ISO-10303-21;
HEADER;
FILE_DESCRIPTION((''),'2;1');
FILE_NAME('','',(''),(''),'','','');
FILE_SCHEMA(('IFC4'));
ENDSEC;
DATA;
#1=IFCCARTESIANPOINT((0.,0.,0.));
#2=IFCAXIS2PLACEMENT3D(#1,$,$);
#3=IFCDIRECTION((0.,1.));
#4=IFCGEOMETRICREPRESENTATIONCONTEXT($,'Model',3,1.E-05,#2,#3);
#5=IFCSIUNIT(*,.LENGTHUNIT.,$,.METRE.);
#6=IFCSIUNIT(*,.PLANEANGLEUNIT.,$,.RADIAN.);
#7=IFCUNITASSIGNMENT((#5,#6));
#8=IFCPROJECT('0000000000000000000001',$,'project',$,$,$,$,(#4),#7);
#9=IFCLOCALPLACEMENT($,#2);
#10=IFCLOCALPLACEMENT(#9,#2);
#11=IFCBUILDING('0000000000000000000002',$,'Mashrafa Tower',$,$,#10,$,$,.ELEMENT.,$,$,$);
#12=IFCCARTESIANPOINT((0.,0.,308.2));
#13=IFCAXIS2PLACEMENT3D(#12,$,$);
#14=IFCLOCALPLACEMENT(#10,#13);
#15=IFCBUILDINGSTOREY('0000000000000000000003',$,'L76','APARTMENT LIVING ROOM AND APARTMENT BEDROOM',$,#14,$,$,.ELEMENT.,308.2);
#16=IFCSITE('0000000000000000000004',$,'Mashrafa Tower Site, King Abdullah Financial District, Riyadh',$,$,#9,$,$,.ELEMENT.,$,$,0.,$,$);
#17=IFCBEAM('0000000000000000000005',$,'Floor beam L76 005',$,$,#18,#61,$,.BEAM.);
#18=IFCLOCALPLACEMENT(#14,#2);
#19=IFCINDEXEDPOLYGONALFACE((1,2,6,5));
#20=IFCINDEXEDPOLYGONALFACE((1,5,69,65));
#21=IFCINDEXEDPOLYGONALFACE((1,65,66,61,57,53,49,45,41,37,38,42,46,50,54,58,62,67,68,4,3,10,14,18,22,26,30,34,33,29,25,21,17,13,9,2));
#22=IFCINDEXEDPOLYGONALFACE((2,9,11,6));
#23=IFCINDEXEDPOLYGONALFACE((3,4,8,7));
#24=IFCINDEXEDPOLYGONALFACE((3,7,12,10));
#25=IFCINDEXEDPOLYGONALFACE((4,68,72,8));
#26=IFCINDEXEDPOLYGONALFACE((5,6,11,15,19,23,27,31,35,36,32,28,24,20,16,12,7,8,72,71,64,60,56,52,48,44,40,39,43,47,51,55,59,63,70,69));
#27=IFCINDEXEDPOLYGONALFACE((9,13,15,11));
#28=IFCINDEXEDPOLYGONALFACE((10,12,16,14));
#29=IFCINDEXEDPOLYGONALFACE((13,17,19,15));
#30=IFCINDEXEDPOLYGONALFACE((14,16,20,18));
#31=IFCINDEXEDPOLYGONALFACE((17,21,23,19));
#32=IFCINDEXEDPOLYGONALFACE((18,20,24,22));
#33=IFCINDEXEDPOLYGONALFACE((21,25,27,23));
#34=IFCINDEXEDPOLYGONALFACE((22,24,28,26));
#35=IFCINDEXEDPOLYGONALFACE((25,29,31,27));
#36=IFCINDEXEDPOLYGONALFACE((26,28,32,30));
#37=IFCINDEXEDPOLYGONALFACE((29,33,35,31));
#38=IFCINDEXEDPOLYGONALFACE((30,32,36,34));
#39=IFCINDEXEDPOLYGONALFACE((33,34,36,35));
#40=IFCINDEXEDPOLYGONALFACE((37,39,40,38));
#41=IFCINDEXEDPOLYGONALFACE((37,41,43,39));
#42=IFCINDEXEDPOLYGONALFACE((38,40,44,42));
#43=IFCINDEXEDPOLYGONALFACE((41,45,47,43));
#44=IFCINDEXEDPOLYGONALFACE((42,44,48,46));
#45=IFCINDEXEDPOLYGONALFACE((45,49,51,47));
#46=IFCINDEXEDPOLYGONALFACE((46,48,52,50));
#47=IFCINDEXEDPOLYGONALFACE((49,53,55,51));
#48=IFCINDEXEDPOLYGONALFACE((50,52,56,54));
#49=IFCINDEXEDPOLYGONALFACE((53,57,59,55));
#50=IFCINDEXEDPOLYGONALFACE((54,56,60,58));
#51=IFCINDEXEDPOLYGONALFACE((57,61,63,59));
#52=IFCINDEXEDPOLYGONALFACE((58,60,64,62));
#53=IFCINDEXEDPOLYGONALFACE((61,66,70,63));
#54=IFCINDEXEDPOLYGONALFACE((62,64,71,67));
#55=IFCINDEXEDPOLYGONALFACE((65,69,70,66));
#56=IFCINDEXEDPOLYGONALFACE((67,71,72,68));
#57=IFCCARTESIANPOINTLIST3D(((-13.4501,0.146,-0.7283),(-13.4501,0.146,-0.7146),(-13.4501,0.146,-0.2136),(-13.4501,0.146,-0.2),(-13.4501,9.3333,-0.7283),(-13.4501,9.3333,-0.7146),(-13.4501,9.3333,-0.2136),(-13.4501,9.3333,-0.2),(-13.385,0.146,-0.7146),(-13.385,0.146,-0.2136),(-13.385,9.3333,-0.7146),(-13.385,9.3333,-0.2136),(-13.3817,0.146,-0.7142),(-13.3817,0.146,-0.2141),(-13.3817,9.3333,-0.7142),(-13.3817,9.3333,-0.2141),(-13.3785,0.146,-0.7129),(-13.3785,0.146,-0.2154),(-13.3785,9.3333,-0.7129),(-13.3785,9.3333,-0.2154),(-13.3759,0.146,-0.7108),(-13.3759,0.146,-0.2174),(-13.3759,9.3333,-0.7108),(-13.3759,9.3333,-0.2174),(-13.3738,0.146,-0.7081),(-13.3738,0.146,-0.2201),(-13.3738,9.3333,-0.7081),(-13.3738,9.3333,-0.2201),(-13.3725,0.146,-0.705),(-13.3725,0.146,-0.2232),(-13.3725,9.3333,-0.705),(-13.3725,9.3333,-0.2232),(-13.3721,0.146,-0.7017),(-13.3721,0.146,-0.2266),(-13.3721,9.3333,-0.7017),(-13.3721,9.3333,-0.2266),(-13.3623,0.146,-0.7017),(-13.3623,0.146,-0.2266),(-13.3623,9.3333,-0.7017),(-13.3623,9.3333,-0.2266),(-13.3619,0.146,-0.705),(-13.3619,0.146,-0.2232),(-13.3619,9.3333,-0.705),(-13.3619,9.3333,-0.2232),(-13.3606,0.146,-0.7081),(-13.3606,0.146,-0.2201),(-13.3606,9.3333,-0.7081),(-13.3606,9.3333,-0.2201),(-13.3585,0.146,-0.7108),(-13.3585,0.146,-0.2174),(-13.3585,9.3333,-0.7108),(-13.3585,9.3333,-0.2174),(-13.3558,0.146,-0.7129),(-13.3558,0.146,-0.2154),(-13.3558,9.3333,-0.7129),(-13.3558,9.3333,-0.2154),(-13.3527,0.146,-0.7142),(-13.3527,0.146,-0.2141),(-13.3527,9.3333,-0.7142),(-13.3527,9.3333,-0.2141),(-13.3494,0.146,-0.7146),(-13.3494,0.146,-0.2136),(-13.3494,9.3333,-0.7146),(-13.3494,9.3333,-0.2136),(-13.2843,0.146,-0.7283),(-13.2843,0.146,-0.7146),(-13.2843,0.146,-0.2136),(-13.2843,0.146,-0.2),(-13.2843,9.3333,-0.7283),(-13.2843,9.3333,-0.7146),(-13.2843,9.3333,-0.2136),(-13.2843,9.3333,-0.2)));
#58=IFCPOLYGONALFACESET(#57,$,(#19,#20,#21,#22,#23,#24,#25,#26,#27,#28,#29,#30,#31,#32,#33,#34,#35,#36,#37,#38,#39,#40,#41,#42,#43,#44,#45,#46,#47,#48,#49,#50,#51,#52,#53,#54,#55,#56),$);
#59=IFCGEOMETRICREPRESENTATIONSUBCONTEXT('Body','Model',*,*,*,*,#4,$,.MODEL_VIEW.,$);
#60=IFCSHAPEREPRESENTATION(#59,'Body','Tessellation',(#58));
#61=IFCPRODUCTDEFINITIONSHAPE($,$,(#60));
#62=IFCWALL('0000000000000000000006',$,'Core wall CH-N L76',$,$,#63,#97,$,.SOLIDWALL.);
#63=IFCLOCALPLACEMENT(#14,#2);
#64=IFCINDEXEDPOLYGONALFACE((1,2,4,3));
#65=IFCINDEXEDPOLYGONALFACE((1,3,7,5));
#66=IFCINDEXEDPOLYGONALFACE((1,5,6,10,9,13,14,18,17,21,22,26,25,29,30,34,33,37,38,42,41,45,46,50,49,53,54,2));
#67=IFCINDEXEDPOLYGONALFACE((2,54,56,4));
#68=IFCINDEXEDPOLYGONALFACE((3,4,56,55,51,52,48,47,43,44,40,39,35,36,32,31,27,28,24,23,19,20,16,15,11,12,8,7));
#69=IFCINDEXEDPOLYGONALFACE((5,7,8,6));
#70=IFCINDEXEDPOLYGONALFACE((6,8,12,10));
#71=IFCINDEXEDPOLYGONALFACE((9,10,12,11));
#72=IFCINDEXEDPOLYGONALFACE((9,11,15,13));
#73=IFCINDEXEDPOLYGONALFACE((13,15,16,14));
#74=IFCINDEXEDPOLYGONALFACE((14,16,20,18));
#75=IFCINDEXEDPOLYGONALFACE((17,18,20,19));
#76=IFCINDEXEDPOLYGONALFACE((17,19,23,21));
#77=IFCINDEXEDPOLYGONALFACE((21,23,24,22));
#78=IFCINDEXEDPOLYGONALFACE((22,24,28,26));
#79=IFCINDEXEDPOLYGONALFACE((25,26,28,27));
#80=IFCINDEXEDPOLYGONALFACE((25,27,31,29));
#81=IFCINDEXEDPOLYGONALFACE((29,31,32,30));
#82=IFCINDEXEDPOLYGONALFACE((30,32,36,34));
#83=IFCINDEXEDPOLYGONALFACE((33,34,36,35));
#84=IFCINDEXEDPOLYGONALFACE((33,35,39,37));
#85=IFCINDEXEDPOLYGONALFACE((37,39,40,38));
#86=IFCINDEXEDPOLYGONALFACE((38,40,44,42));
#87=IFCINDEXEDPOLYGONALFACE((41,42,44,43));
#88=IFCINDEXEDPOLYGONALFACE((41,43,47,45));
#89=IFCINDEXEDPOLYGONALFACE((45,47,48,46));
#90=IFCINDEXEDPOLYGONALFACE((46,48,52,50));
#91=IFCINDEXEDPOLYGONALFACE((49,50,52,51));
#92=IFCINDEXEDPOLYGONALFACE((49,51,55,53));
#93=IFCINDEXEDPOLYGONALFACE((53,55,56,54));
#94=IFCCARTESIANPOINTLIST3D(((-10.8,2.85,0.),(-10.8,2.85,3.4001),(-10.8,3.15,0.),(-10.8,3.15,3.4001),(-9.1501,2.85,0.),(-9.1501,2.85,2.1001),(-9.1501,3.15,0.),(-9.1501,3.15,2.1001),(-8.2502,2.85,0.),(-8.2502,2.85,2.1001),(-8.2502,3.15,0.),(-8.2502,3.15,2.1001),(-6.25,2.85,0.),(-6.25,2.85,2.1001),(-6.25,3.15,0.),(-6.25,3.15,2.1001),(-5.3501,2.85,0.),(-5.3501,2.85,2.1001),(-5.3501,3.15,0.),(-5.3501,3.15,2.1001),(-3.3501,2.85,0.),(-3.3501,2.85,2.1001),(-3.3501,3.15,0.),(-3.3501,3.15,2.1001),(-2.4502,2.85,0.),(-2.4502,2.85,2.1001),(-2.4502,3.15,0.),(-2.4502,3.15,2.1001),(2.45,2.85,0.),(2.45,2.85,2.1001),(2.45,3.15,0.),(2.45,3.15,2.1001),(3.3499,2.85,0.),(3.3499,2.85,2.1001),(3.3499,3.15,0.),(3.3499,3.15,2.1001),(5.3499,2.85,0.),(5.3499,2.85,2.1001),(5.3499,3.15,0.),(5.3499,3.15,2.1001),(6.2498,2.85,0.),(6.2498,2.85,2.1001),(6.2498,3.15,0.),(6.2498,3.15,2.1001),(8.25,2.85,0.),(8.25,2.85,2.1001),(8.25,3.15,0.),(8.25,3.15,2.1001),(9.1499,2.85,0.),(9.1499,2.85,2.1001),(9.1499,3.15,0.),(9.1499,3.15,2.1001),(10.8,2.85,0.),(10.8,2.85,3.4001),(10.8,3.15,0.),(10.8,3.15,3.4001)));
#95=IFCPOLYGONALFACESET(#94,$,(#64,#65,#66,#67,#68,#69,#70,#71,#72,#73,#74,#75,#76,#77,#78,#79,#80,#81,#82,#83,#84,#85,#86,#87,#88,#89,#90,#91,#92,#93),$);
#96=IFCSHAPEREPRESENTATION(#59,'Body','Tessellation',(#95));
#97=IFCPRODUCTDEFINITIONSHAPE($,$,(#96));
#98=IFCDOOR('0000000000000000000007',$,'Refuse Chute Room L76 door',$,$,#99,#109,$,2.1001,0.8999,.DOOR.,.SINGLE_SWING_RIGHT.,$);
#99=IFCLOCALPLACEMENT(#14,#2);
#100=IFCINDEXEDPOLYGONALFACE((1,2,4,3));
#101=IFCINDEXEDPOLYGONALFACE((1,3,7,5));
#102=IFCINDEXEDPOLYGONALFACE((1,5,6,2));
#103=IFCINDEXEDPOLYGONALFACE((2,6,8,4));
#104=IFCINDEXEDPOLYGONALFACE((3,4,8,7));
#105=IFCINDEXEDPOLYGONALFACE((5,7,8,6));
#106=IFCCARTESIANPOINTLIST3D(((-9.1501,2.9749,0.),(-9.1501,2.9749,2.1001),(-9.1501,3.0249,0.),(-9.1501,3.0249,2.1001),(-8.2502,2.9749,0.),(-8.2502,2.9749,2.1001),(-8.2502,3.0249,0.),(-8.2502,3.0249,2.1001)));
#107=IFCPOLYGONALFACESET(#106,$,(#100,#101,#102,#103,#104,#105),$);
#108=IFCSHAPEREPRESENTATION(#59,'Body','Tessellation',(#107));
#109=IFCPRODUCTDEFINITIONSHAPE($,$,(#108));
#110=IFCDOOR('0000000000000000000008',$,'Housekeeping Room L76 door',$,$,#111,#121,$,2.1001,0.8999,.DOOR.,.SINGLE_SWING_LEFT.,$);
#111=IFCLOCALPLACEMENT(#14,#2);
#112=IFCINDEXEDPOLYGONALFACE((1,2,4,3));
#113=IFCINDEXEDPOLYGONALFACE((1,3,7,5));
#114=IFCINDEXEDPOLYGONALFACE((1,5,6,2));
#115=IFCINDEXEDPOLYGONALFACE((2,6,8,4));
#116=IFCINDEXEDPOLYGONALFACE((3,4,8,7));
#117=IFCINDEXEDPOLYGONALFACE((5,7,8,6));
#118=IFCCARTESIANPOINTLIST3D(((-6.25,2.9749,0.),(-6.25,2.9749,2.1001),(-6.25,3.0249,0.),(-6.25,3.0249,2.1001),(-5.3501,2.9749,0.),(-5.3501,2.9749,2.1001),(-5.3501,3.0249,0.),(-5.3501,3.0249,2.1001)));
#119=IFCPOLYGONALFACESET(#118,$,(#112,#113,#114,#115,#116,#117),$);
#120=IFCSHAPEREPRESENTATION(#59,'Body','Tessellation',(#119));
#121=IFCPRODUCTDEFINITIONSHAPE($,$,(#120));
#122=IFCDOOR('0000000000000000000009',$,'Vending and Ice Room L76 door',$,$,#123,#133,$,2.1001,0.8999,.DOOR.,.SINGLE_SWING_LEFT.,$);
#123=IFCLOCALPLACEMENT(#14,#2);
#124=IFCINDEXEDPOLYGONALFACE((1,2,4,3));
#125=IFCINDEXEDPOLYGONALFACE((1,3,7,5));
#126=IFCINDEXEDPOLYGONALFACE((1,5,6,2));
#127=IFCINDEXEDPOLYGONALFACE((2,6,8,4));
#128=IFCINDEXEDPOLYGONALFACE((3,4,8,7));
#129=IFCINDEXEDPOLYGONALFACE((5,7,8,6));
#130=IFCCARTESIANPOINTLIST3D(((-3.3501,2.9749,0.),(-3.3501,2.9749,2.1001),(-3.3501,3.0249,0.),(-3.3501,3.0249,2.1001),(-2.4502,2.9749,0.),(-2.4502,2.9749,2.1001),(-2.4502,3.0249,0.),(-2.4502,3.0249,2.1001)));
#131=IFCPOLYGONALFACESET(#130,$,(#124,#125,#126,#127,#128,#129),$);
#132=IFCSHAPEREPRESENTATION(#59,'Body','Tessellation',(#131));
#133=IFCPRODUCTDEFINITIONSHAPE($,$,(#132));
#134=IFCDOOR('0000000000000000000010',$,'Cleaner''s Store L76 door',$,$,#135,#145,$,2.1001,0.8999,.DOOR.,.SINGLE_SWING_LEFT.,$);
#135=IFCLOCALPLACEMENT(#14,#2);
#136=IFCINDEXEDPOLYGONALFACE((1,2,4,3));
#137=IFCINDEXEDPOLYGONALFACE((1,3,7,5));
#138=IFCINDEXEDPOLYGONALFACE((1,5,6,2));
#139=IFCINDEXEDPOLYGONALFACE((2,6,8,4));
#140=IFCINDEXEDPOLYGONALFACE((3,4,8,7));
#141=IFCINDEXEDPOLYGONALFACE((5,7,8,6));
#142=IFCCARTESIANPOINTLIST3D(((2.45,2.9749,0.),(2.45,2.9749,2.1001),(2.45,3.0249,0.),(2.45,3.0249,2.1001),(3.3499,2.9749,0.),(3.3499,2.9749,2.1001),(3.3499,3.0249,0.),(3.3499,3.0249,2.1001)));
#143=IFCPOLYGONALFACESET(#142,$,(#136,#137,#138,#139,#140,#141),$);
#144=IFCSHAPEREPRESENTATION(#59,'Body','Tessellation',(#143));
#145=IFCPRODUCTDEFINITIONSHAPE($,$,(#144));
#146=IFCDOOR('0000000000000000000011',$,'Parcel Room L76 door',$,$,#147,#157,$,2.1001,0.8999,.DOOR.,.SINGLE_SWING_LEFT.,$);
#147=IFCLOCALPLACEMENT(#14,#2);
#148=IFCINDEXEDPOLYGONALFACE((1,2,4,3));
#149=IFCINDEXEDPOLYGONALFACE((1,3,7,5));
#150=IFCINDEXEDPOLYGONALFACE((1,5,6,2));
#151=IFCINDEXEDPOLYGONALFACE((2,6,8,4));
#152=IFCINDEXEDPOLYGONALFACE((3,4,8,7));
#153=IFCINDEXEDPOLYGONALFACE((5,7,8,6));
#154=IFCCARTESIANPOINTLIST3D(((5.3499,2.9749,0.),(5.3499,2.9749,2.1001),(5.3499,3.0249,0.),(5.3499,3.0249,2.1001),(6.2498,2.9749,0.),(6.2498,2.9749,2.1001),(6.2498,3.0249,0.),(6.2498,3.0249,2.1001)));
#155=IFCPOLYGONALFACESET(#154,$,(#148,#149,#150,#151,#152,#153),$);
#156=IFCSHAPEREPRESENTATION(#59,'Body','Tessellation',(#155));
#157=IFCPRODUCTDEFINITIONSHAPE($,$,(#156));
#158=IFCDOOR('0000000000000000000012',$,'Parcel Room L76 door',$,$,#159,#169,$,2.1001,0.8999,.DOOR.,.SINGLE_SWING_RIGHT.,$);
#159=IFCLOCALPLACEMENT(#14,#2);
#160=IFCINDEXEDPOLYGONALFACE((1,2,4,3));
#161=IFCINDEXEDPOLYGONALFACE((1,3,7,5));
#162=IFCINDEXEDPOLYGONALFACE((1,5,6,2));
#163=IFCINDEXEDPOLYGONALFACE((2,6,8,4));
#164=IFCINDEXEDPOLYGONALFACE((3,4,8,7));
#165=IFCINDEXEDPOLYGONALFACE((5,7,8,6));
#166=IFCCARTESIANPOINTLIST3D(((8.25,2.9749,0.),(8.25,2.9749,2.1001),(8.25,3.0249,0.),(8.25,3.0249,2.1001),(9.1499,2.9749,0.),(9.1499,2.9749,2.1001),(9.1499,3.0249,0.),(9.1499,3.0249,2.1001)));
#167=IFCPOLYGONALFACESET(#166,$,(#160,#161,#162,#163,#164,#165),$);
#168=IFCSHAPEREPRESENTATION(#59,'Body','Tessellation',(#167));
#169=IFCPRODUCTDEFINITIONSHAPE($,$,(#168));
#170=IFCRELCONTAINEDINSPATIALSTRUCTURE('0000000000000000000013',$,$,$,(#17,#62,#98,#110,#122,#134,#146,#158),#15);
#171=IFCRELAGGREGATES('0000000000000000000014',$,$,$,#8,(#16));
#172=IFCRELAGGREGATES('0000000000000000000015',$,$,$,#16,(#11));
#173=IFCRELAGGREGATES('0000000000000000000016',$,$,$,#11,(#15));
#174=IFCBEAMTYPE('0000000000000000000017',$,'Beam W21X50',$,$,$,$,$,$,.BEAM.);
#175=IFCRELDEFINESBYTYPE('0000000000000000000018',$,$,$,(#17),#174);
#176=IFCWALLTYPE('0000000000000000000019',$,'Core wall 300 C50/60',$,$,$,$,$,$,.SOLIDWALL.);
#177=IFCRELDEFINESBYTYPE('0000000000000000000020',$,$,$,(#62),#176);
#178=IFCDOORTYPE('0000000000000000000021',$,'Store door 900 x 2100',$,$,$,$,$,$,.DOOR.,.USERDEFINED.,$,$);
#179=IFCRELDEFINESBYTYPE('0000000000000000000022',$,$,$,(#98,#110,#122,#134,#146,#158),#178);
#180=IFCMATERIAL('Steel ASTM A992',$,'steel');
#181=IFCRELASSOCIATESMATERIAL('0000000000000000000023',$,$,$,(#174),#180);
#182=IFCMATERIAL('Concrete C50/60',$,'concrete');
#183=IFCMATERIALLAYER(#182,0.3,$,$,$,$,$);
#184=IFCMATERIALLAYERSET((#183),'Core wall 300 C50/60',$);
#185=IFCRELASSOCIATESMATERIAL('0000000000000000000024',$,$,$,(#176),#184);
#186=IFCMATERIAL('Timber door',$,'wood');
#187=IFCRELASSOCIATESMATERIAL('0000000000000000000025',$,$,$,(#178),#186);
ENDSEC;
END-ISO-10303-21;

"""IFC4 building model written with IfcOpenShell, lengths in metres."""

from ifc_helpers import new_model, si_unit, direction, frame, frame_2d, origin, origin_2d, place, context, subcontext, project, spatial, rectangle, i_section, extrude, material, layer, layer_set, material_profile, profile_set, type_object, element, fill, save


model = new_model("IFC4")

# Units and contexts
model_context = context("Model", 3, precision=1e-05, world=origin(), true_north=direction((0.0, 1.0)))
body_context = subcontext(model_context, "Body", "Model", "MODEL_VIEW")
ifc_project = project(units=[si_unit("LENGTHUNIT", "METRE"), si_unit("PLANEANGLEUNIT", "RADIAN")], contexts=[model_context])

# Site, building, storey
site_placement = place(None, origin())
site = spatial("IfcSite", under=ifc_project, at=site_placement, Name="Mashrafa Tower Site, King Abdullah Financial District, Riyadh", CompositionType="ELEMENT", RefElevation=0.0)
building_placement = place(site_placement, origin())
building = spatial("IfcBuilding", under=site, at=building_placement, Name="Mashrafa Tower", CompositionType="ELEMENT")
storey_placement = place(building_placement, frame((0.0, 0.0, 308.2)))
storey = spatial("IfcBuildingStorey", under=building, at=storey_placement, Name="L76", Description="APARTMENT LIVING ROOM AND APARTMENT BEDROOM", CompositionType="ELEMENT", Elevation=308.2)

# Beam
ifc_material_1 = material(Name="Steel ASTM A992", Category="steel")
ifc_material_profile = material_profile(ifc_material_1, i_section(OverallWidth=0.1658, OverallDepth=0.5283, WebThickness=0.0098, FlangeThickness=0.0137, FilletRadius=0.0129, at=origin_2d()), Name="W21X50")
ifc_profile_set = profile_set([ifc_material_profile], Name="Steel ASTM A992")
beam_type = type_object("IfcBeamType", Name="Beam W21X50", PredefinedType="BEAM", material=ifc_profile_set)
beam_placement = place(storey_placement, frame((-13.3672, 0.146, -0.4641), z_axis=(0.0, 1.0, 0.0), x_axis=(-1.0, 0.0, 0.0)))
element("IfcBeam", 1, at=beam_placement, inside=storey, type_object=beam_type, Name="Floor beam L76 005", PredefinedType="BEAM", context=body_context, shape_type="SweptSolid", body=[
    extrude(i_section(OverallWidth=0.1658, OverallDepth=0.5283, WebThickness=0.0098, FlangeThickness=0.0137, FilletRadius=0.0129, at=origin_2d()), origin(), (0.0, 0.0, 1.0), 9.1873),
])

# Wall, openings, doors
ifc_material_2 = material(Name="Concrete C50/60", Category="concrete")
ifc_layer_1 = layer(ifc_material_2, 0.3)
ifc_layer_set_1 = layer_set([ifc_layer_1], Name="Core wall 300 C50/60")
wall_type_1 = type_object("IfcWallType", Name="Core wall 300 C50/60", PredefinedType="SOLIDWALL", material=ifc_layer_set_1)
wall_1_placement = place(storey_placement, frame((-10.8, 3.0, 0.0), z_axis=(0.0, 0.0, 1.0), x_axis=(1.0, 0.0, 0.0)))
wall_1 = element("IfcWall", 2, at=wall_1_placement, inside=storey, type_object=wall_type_1, Name="Core wall CH-N L76", PredefinedType="SOLIDWALL", context=body_context, shape_type="SweptSolid", body=[
    extrude(rectangle(XDim=21.6001, YDim=0.3, at=frame_2d((10.8, 0.0))), origin(), (0.0, 0.0, 1.0), 3.4001),
])
opening_1_placement = place(wall_1_placement, frame((1.6499, 0.0, 0.0)))
opening_1 = element("IfcOpeningElement", 3, at=opening_1_placement, cuts=wall_1, PredefinedType="OPENING", context=body_context, shape_type="SweptSolid", body=[
    extrude(rectangle(XDim=0.8999, YDim=2.1001, at=frame_2d((0.45, 1.05))), frame((0.0, 0.1599, 0.0), z_axis=(0.0, -1.0, 0.0), x_axis=(1.0, 0.0, 0.0)), (0.0, 0.0, 1.0), 0.3201),
])
opening_2_placement = place(wall_1_placement, frame((4.55, 0.0, 0.0)))
opening_2 = element("IfcOpeningElement", 4, at=opening_2_placement, cuts=wall_1, PredefinedType="OPENING", context=body_context, shape_type="SweptSolid", body=[
    extrude(rectangle(XDim=0.8999, YDim=2.1001, at=frame_2d((0.45, 1.05))), frame((0.0, 0.1599, 0.0), z_axis=(0.0, -1.0, 0.0), x_axis=(1.0, 0.0, 0.0)), (0.0, 0.0, 1.0), 0.3201),
])
opening_3_placement = place(wall_1_placement, frame((7.45, 0.0, 0.0)))
opening_3 = element("IfcOpeningElement", 5, at=opening_3_placement, cuts=wall_1, PredefinedType="OPENING", context=body_context, shape_type="SweptSolid", body=[
    extrude(rectangle(XDim=0.8999, YDim=2.1001, at=frame_2d((0.45, 1.05))), frame((0.0, 0.1599, 0.0), z_axis=(0.0, -1.0, 0.0), x_axis=(1.0, 0.0, 0.0)), (0.0, 0.0, 1.0), 0.3201),
])
opening_4_placement = place(wall_1_placement, frame((13.25, 0.0, 0.0)))
opening_4 = element("IfcOpeningElement", 6, at=opening_4_placement, cuts=wall_1, PredefinedType="OPENING", context=body_context, shape_type="SweptSolid", body=[
    extrude(rectangle(XDim=0.8999, YDim=2.1001, at=frame_2d((0.45, 1.05))), frame((0.0, 0.1599, 0.0), z_axis=(0.0, -1.0, 0.0), x_axis=(1.0, 0.0, 0.0)), (0.0, 0.0, 1.0), 0.3201),
])
opening_5_placement = place(wall_1_placement, frame((16.1499, 0.0, 0.0)))
opening_5 = element("IfcOpeningElement", 7, at=opening_5_placement, cuts=wall_1, PredefinedType="OPENING", context=body_context, shape_type="SweptSolid", body=[
    extrude(rectangle(XDim=0.8999, YDim=2.1001, at=frame_2d((0.45, 1.05))), frame((0.0, 0.1599, 0.0), z_axis=(0.0, -1.0, 0.0), x_axis=(1.0, 0.0, 0.0)), (0.0, 0.0, 1.0), 0.3201),
])
opening_6_placement = place(wall_1_placement, frame((19.05, 0.0, 0.0)))
opening_6 = element("IfcOpeningElement", 8, at=opening_6_placement, cuts=wall_1, PredefinedType="OPENING", context=body_context, shape_type="SweptSolid", body=[
    extrude(rectangle(XDim=0.8999, YDim=2.1001, at=frame_2d((0.45, 1.05))), frame((0.0, 0.1599, 0.0), z_axis=(0.0, -1.0, 0.0), x_axis=(1.0, 0.0, 0.0)), (0.0, 0.0, 1.0), 0.3201),
])
ifc_material_3 = material(Name="Timber door", Category="wood")
door_type_1 = type_object("IfcDoorType", Name="Store door 900 x 2100", OperationType="USERDEFINED", PredefinedType="DOOR", material=ifc_material_3)
door_1_placement = place(opening_1_placement, origin())
door_1 = element("IfcDoor", 9, at=door_1_placement, inside=storey, type_object=door_type_1, Name="Refuse Chute Room L76 door", OperationType="SINGLE_SWING_RIGHT", OverallHeight=2.1001, OverallWidth=0.8999, PredefinedType="DOOR", context=body_context, shape_type="SweptSolid", body=[
    extrude(rectangle(XDim=0.8999, YDim=2.1001, at=frame_2d((0.45, 1.05))), frame((0.0, 0.0249, 0.0), z_axis=(0.0, -1.0, 0.0), x_axis=(1.0, 0.0, 0.0)), (0.0, 0.0, 1.0), 0.05),
])
fill(opening_1, door_1)
door_2_placement = place(opening_2_placement, origin())
door_2 = element("IfcDoor", 10, at=door_2_placement, inside=storey, type_object=door_type_1, Name="Housekeeping Room L76 door", OperationType="SINGLE_SWING_LEFT", OverallHeight=2.1001, OverallWidth=0.8999, PredefinedType="DOOR", context=body_context, shape_type="SweptSolid", body=[
    extrude(rectangle(XDim=0.8999, YDim=2.1001, at=frame_2d((0.45, 1.05))), frame((0.0, 0.0249, 0.0), z_axis=(0.0, -1.0, 0.0), x_axis=(1.0, 0.0, 0.0)), (0.0, 0.0, 1.0), 0.05),
])
fill(opening_2, door_2)
door_3_placement = place(opening_3_placement, origin())
door_3 = element("IfcDoor", 11, at=door_3_placement, inside=storey, type_object=door_type_1, Name="Vending and Ice Room L76 door", OperationType="SINGLE_SWING_LEFT", OverallHeight=2.1001, OverallWidth=0.8999, PredefinedType="DOOR", context=body_context, shape_type="SweptSolid", body=[
    extrude(rectangle(XDim=0.8999, YDim=2.1001, at=frame_2d((0.45, 1.05))), frame((0.0, 0.0249, 0.0), z_axis=(0.0, -1.0, 0.0), x_axis=(1.0, 0.0, 0.0)), (0.0, 0.0, 1.0), 0.05),
])
fill(opening_3, door_3)
door_4_placement = place(opening_4_placement, origin())
door_4 = element("IfcDoor", 12, at=door_4_placement, inside=storey, type_object=door_type_1, Name="Cleaner's Store L76 door", OperationType="SINGLE_SWING_LEFT", OverallHeight=2.1001, OverallWidth=0.8999, PredefinedType="DOOR", context=body_context, shape_type="SweptSolid", body=[
    extrude(rectangle(XDim=0.8999, YDim=2.1001, at=frame_2d((0.45, 1.05))), frame((0.0, 0.0249, 0.0), z_axis=(0.0, -1.0, 0.0), x_axis=(1.0, 0.0, 0.0)), (0.0, 0.0, 1.0), 0.05),
])
fill(opening_4, door_4)
door_5_placement = place(opening_5_placement, origin())
door_5 = element("IfcDoor", 13, at=door_5_placement, inside=storey, type_object=door_type_1, Name="Parcel Room L76 door", OperationType="SINGLE_SWING_LEFT", OverallHeight=2.1001, OverallWidth=0.8999, PredefinedType="DOOR", context=body_context, shape_type="SweptSolid", body=[
    extrude(rectangle(XDim=0.8999, YDim=2.1001, at=frame_2d((0.45, 1.05))), frame((0.0, 0.0249, 0.0), z_axis=(0.0, -1.0, 0.0), x_axis=(1.0, 0.0, 0.0)), (0.0, 0.0, 1.0), 0.05),
])
fill(opening_5, door_5)
door_6_placement = place(opening_6_placement, origin())
door_6 = element("IfcDoor", 14, at=door_6_placement, inside=storey, type_object=door_type_1, Name="Parcel Room L76 door", OperationType="SINGLE_SWING_RIGHT", OverallHeight=2.1001, OverallWidth=0.8999, PredefinedType="DOOR", context=body_context, shape_type="SweptSolid", body=[
    extrude(rectangle(XDim=0.8999, YDim=2.1001, at=frame_2d((0.45, 1.05))), frame((0.0, 0.0249, 0.0), z_axis=(0.0, -1.0, 0.0), x_axis=(1.0, 0.0, 0.0)), (0.0, 0.0, 1.0), 0.05),
])
fill(opening_6, door_6)

save(model, "model.ifc")
